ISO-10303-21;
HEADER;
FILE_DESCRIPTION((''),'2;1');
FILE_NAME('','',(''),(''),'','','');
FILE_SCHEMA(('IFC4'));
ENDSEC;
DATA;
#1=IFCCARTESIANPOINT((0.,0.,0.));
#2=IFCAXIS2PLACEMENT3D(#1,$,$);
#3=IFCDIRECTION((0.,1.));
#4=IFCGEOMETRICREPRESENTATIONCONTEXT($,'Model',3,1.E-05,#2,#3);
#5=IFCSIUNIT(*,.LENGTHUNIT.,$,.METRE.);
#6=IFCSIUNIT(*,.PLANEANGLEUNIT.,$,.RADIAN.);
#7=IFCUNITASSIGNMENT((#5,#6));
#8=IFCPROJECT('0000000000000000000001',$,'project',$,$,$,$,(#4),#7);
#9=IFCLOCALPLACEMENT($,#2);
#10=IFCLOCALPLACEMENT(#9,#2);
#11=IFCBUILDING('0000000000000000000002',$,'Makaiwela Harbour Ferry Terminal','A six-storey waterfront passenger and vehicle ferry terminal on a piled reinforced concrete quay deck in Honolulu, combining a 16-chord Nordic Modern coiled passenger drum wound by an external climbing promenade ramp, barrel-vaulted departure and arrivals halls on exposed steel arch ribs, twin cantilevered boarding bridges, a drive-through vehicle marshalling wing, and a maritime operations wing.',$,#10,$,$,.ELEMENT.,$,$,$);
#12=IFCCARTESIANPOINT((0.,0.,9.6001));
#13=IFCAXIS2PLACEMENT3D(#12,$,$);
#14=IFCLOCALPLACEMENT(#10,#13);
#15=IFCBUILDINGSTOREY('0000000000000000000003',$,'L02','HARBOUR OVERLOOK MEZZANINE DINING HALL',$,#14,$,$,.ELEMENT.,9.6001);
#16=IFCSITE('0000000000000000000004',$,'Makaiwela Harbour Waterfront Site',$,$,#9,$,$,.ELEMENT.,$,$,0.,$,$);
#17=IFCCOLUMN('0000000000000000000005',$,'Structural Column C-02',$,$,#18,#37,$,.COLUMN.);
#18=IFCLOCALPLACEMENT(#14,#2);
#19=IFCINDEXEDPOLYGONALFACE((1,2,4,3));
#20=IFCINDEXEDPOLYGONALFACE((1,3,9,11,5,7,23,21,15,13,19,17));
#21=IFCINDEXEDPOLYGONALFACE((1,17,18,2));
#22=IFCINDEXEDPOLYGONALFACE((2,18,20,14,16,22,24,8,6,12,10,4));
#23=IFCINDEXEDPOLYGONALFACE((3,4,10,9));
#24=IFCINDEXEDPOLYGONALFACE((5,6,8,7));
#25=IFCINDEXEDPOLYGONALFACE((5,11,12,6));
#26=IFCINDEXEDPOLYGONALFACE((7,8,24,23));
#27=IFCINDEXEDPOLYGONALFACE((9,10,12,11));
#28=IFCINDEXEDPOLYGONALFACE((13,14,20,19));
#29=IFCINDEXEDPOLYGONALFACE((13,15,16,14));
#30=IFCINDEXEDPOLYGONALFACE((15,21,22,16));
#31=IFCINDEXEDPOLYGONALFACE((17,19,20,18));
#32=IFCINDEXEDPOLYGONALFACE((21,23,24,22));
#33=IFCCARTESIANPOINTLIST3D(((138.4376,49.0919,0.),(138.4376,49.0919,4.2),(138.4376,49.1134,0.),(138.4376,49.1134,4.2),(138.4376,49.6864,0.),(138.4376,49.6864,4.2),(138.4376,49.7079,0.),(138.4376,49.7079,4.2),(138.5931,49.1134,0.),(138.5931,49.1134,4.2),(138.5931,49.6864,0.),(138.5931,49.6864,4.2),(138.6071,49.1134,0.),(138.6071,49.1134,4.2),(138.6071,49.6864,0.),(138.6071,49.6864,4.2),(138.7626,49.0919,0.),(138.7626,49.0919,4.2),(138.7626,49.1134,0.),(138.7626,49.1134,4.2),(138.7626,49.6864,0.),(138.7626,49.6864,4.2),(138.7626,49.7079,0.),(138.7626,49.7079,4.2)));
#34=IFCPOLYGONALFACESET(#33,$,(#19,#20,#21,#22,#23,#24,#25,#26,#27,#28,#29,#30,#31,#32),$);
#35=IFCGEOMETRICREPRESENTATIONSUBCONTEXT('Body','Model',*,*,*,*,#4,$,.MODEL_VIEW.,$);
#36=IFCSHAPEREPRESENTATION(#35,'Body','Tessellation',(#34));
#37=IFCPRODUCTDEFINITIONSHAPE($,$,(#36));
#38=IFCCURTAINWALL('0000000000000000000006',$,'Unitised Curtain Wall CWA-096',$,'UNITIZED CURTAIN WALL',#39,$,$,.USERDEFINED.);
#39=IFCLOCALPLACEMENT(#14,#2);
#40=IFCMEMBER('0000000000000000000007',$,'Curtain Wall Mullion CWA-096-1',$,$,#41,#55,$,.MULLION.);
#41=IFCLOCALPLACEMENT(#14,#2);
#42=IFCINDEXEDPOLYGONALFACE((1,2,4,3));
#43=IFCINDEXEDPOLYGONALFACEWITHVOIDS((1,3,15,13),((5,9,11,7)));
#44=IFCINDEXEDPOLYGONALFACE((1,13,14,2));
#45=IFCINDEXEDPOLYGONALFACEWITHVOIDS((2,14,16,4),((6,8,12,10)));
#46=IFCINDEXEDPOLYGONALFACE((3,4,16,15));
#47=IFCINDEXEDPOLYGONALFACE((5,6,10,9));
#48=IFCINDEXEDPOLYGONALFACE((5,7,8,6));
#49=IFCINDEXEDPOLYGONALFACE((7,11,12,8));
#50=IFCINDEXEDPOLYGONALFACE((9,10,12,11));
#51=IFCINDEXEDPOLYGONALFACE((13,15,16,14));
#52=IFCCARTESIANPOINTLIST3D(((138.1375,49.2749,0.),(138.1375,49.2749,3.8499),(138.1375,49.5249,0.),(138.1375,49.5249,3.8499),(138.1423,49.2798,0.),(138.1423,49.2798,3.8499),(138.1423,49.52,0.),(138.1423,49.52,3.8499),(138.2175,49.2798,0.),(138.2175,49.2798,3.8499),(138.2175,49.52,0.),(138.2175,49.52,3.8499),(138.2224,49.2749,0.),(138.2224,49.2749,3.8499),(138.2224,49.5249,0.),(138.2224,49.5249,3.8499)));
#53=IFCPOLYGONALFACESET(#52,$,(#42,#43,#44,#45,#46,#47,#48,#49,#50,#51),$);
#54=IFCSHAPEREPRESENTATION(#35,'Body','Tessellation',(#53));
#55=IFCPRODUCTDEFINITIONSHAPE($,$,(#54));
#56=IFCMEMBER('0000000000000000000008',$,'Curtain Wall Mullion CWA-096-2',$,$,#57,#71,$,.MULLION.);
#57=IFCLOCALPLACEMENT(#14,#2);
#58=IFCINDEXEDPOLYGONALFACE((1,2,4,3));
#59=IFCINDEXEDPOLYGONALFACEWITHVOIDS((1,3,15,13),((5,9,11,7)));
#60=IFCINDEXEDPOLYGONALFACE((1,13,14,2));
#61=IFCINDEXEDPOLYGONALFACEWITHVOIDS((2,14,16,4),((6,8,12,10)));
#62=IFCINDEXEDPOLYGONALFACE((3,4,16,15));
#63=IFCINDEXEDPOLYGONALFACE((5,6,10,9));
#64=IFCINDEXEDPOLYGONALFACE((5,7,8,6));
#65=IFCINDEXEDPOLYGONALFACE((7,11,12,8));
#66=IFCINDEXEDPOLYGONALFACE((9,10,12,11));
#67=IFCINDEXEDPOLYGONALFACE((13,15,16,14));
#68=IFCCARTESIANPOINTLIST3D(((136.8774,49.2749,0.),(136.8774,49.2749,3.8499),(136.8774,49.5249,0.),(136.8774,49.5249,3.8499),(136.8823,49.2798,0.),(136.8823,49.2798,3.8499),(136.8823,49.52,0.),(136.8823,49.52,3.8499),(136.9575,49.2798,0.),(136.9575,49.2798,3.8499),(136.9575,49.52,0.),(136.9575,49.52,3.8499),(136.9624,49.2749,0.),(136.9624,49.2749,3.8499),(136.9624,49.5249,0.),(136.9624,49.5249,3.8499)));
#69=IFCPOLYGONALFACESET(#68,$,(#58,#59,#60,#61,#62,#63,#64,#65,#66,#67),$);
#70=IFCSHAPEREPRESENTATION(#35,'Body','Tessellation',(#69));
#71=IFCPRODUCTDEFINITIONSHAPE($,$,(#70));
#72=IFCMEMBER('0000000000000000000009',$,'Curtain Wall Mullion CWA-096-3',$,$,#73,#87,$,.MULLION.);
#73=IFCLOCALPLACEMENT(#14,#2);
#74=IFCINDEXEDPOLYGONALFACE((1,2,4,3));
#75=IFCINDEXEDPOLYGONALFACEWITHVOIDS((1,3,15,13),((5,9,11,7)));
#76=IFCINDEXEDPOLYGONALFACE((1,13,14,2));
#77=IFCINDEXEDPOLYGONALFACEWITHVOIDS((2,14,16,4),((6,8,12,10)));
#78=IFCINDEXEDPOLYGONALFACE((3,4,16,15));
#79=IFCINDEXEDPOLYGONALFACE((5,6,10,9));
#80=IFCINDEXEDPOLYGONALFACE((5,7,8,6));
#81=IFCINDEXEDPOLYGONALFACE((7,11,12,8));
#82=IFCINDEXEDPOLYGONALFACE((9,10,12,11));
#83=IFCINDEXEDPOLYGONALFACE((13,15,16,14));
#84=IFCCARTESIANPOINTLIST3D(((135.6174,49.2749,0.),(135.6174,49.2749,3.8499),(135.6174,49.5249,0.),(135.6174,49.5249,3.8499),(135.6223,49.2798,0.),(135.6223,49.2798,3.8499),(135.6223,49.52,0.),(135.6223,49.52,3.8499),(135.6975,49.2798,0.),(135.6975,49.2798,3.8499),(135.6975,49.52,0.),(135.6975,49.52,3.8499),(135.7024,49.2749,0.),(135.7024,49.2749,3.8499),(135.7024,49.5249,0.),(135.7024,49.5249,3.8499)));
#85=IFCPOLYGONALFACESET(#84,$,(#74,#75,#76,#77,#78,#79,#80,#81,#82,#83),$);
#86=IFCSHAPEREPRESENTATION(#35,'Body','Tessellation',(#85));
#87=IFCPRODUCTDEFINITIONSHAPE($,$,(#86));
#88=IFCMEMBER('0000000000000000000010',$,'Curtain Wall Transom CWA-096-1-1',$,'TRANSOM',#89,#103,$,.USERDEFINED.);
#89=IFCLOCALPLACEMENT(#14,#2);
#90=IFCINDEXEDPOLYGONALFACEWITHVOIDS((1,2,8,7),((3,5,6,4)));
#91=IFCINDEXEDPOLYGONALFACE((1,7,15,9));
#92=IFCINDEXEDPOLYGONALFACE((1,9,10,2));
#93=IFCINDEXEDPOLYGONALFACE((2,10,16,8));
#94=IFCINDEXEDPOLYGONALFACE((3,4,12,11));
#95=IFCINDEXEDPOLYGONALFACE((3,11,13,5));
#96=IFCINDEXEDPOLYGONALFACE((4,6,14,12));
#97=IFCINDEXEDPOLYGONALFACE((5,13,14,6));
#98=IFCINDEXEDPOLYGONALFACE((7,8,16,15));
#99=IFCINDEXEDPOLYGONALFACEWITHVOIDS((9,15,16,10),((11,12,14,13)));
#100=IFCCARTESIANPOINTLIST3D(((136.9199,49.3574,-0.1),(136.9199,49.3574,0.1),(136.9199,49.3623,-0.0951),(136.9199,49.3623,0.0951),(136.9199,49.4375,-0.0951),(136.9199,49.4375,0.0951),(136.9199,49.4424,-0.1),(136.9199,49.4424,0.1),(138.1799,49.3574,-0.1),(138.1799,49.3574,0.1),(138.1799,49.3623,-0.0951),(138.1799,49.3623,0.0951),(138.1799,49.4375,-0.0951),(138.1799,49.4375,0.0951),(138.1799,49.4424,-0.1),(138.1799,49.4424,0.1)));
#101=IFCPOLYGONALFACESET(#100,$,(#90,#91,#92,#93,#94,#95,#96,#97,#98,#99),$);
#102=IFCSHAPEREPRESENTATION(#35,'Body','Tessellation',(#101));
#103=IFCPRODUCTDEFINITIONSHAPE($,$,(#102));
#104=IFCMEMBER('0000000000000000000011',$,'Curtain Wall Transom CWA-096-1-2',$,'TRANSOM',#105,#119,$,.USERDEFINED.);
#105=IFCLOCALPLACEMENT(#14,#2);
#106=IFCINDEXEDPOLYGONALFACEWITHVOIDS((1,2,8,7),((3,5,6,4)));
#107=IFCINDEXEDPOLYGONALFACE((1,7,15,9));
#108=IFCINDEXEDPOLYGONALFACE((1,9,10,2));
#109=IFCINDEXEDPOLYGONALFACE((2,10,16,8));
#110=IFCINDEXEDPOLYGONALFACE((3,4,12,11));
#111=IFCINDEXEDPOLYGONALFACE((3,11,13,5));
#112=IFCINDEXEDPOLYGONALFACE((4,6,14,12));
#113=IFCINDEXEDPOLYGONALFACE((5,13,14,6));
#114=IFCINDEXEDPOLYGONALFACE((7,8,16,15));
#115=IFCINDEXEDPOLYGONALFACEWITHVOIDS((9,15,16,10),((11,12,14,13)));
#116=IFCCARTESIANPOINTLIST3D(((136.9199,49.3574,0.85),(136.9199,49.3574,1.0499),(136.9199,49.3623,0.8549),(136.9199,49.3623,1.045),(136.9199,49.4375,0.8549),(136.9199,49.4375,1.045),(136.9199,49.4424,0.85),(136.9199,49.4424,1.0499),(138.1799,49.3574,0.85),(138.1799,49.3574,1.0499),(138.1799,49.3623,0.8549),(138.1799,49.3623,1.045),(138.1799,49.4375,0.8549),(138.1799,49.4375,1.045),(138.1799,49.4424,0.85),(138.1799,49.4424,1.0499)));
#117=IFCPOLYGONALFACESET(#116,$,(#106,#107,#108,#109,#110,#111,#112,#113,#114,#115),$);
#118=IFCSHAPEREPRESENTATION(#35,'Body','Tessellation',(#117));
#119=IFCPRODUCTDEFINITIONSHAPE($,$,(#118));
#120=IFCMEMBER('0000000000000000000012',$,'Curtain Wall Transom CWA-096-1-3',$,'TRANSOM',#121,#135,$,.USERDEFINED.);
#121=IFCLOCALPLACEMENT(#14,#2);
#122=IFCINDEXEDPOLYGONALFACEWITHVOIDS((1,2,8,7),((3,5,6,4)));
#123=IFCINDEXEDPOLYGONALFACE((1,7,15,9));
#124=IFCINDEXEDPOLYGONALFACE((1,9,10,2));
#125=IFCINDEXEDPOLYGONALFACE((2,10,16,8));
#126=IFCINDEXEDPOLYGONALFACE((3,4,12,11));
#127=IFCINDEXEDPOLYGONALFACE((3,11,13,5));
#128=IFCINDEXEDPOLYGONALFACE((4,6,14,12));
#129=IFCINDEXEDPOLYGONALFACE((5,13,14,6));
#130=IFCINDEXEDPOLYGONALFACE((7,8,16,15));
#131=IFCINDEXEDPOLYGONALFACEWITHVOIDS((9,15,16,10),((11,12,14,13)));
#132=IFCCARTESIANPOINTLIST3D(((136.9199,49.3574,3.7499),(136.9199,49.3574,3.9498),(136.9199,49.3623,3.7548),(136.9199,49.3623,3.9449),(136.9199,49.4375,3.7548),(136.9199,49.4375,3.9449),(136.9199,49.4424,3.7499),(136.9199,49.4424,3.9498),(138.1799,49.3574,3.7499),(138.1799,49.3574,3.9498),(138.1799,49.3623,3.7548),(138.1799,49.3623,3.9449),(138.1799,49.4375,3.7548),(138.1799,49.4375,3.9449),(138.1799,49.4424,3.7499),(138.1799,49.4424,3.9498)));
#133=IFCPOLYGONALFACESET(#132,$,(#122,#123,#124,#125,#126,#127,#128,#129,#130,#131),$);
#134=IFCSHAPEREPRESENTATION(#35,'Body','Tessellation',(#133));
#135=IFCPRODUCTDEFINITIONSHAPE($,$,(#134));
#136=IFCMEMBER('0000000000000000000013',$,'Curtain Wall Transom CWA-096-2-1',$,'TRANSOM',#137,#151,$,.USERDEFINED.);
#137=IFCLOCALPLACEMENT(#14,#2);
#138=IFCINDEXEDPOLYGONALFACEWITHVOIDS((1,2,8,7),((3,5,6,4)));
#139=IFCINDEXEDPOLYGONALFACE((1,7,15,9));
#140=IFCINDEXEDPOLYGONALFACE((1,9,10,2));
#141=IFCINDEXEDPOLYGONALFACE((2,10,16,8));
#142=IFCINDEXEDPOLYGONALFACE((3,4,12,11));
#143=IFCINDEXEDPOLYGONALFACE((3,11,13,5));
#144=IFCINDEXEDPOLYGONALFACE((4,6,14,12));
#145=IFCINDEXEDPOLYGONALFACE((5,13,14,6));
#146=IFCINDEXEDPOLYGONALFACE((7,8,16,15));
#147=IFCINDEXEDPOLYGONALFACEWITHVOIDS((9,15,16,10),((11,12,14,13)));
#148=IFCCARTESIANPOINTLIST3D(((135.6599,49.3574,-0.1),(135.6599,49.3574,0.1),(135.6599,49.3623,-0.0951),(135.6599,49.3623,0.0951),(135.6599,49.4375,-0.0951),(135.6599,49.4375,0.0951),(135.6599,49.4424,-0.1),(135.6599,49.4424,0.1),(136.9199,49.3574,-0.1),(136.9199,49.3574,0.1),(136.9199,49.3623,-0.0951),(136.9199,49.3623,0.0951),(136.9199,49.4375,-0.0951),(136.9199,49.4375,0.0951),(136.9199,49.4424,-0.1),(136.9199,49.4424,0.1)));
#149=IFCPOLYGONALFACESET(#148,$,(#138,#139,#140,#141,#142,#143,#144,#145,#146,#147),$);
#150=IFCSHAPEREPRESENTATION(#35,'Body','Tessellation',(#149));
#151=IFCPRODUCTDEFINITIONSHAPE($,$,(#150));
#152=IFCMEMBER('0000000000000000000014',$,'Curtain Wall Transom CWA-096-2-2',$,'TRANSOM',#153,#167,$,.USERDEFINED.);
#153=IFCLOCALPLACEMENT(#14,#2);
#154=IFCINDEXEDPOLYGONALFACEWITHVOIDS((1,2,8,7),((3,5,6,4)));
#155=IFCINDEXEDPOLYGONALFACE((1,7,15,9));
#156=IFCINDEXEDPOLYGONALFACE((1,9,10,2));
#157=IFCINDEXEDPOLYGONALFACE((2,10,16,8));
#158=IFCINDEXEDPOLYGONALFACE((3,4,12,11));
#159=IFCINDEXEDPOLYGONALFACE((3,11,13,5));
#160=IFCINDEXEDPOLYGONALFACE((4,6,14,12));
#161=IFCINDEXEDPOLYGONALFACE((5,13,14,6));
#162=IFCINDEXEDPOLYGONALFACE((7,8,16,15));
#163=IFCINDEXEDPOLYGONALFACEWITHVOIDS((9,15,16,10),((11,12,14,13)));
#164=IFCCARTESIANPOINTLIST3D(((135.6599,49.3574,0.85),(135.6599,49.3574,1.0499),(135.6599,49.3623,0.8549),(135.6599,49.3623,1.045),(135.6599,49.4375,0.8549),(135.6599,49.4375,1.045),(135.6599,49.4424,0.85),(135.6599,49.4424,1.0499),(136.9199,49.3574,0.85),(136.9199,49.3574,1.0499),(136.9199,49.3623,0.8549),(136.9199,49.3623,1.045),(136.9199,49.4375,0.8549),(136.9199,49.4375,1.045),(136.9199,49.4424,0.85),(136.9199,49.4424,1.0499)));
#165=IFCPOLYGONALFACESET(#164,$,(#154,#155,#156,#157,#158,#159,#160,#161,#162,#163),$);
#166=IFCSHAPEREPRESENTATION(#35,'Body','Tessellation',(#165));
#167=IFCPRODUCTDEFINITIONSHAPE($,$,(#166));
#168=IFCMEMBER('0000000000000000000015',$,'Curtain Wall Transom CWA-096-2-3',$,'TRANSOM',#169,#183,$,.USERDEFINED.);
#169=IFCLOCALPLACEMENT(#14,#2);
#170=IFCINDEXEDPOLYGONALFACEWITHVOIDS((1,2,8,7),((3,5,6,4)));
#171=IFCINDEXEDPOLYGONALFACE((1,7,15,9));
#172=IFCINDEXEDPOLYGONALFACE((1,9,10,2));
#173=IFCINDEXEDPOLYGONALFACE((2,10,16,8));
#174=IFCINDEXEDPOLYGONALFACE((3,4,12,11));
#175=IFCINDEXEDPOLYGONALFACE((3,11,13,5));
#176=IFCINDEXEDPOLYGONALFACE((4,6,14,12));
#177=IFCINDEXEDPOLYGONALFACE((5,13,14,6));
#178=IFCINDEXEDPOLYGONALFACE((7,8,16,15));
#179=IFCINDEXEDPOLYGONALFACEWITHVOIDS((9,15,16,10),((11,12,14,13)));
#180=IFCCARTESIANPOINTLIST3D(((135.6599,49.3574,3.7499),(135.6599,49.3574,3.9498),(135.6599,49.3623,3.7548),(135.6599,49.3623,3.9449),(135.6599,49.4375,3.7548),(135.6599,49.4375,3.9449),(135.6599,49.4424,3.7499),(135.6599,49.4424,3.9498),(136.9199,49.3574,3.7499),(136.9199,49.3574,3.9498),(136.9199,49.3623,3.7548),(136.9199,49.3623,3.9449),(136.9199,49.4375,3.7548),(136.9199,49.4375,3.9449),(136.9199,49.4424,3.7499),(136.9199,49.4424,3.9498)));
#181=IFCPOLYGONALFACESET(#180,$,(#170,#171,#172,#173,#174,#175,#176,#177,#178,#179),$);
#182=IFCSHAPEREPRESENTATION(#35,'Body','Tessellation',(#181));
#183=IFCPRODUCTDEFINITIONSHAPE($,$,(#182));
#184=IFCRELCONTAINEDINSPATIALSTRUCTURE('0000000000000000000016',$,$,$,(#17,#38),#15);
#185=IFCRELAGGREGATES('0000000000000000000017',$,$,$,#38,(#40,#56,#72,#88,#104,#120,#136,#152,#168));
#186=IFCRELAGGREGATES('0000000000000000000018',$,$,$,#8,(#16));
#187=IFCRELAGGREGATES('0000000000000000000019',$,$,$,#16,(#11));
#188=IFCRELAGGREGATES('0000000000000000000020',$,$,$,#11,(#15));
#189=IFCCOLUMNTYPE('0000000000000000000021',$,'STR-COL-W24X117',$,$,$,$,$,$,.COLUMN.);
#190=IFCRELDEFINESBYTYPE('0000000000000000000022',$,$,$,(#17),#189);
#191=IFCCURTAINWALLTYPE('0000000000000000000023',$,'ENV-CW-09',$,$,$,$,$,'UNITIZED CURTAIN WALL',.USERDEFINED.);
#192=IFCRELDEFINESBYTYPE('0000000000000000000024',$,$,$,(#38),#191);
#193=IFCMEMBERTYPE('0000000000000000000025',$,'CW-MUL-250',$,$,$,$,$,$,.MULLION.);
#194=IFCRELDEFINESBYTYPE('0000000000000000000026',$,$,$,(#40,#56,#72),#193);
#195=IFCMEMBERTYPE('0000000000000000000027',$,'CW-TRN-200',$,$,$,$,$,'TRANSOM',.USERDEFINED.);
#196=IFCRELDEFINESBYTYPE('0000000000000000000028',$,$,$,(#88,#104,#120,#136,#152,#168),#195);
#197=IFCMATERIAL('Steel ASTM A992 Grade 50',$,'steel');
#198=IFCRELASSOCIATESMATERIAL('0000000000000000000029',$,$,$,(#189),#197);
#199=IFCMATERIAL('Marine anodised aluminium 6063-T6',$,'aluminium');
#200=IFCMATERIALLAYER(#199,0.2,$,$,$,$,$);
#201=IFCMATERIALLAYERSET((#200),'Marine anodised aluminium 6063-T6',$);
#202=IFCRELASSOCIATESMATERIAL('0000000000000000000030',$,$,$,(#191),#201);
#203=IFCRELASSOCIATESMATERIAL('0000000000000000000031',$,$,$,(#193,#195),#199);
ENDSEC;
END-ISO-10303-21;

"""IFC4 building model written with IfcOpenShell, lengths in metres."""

from ifc_helpers import new_model, si_unit, direction, frame, origin, origin_2d, place, context, subcontext, project, spatial, hollow_rectangle, i_section, extrude, material, layer, layer_set, material_profile, profile_set, type_object, element, aggregate, save


model = new_model("IFC4")

# Units and contexts
model_context = context("Model", 3, precision=1e-05, world=origin(), true_north=direction((0.0, 1.0)))
body_context = subcontext(model_context, "Body", "Model", "MODEL_VIEW")
ifc_project = project(units=[si_unit("LENGTHUNIT", "METRE"), si_unit("PLANEANGLEUNIT", "RADIAN")], contexts=[model_context])

# Site, building, storey
site_placement = place(None, origin())
site = spatial("IfcSite", under=ifc_project, at=site_placement, Name="Makaiwela Harbour Waterfront Site", CompositionType="ELEMENT", RefElevation=0.0)
building_placement = place(site_placement, origin())
building = spatial("IfcBuilding", under=site, at=building_placement, Name="Makaiwela Harbour Ferry Terminal", Description="A six-storey waterfront passenger and vehicle ferry terminal on a piled reinforced concrete quay deck in Honolulu, combining a 16-chord Nordic Modern coiled passenger drum wound by an external climbing promenade ramp, barrel-vaulted departure and arrivals halls on exposed steel arch ribs, twin cantilevered boarding bridges, a drive-through vehicle marshalling wing, and a maritime operations wing.", CompositionType="ELEMENT")
storey_placement = place(building_placement, frame((0.0, 0.0, 9.6001)))
storey = spatial("IfcBuildingStorey", under=building, at=storey_placement, Name="L02", Description="HARBOUR OVERLOOK MEZZANINE DINING HALL", CompositionType="ELEMENT", Elevation=9.6001)

# Column
ifc_material_1 = material(Name="Steel ASTM A992 Grade 50", Category="steel")
ifc_material_profile_1 = material_profile(ifc_material_1, i_section(OverallWidth=0.325, OverallDepth=0.616, WebThickness=0.0139, FlangeThickness=0.0215, at=origin_2d()), Name="W24X117")
ifc_profile_set_1 = profile_set([ifc_material_profile_1], Name="Steel ASTM A992 Grade 50")
column_type = type_object("IfcColumnType", Name="STR-COL-W24X117", PredefinedType="COLUMN", material=ifc_profile_set_1)
column_placement = place(storey_placement, frame((138.6001, 49.3999, 0.0), z_axis=(0.0, 0.0, 1.0), x_axis=(1.0, 0.0, 0.0)))
element("IfcColumn", 1, at=column_placement, inside=storey, type_object=column_type, Name="Structural Column C-02", PredefinedType="COLUMN", context=body_context, shape_type="SweptSolid", body=[
    extrude(i_section(OverallWidth=0.325, OverallDepth=0.616, WebThickness=0.0139, FlangeThickness=0.0215, at=origin_2d()), origin(), (0.0, 0.0, 1.0), 4.2),
])

# Curtain wall, members
ifc_material_2 = material(Name="Marine anodised aluminium 6063-T6", Category="aluminium")
ifc_layer_1 = layer(ifc_material_2, 0.2)
ifc_layer_set_1 = layer_set([ifc_layer_1], Name="Marine anodised aluminium 6063-T6")
curtain_wall_type = type_object("IfcCurtainWallType", Name="ENV-CW-09", ElementType="UNITIZED CURTAIN WALL", PredefinedType="USERDEFINED", material=ifc_layer_set_1)
curtain_wall_placement = place(storey_placement, origin())
curtain_wall = element("IfcCurtainWall", 2, at=curtain_wall_placement, inside=storey, type_object=curtain_wall_type, Name="Unitised Curtain Wall CWA-096", ObjectType="UNITIZED CURTAIN WALL", PredefinedType="USERDEFINED")
ifc_material_profile_2 = material_profile(ifc_material_2, hollow_rectangle(XDim=0.085, YDim=0.25, WallThickness=0.0049, at=origin_2d()), Name="CWM-250X85")
ifc_profile_set_2 = profile_set([ifc_material_profile_2], Name="Marine anodised aluminium 6063-T6")
member_type_1 = type_object("IfcMemberType", Name="CW-MUL-250", PredefinedType="MULLION", material=ifc_profile_set_2)
member_1_placement = place(storey_placement, frame((138.1799, 49.3999, 0.0), z_axis=(0.0, 0.0, 1.0), x_axis=(1.0, 0.0, 0.0)))
member_1 = element("IfcMember", 3, at=member_1_placement, type_object=member_type_1, Name="Curtain Wall Mullion CWA-096-1", PredefinedType="MULLION", context=body_context, shape_type="SweptSolid", body=[
    extrude(hollow_rectangle(XDim=0.085, YDim=0.25, WallThickness=0.0049, at=origin_2d()), origin(), (0.0, 0.0, 1.0), 3.8499),
])
member_2_placement = place(storey_placement, frame((136.9199, 49.3999, 0.0), z_axis=(0.0, 0.0, 1.0), x_axis=(1.0, 0.0, 0.0)))
member_2 = element("IfcMember", 4, at=member_2_placement, type_object=member_type_1, Name="Curtain Wall Mullion CWA-096-2", PredefinedType="MULLION", context=body_context, shape_type="SweptSolid", body=[
    extrude(hollow_rectangle(XDim=0.085, YDim=0.25, WallThickness=0.0049, at=origin_2d()), origin(), (0.0, 0.0, 1.0), 3.8499),
])
member_3_placement = place(storey_placement, frame((135.6599, 49.3999, 0.0), z_axis=(0.0, 0.0, 1.0), x_axis=(1.0, 0.0, 0.0)))
member_3 = element("IfcMember", 5, at=member_3_placement, type_object=member_type_1, Name="Curtain Wall Mullion CWA-096-3", PredefinedType="MULLION", context=body_context, shape_type="SweptSolid", body=[
    extrude(hollow_rectangle(XDim=0.085, YDim=0.25, WallThickness=0.0049, at=origin_2d()), origin(), (0.0, 0.0, 1.0), 3.8499),
])
ifc_material_profile_3 = material_profile(ifc_material_2, hollow_rectangle(XDim=0.085, YDim=0.2, WallThickness=0.0049, at=origin_2d()), Name="CWT-200X85")
ifc_profile_set_3 = profile_set([ifc_material_profile_3], Name="Marine anodised aluminium 6063-T6")
member_type_2 = type_object("IfcMemberType", Name="CW-TRN-200", ElementType="TRANSOM", PredefinedType="USERDEFINED", material=ifc_profile_set_3)
member_4_placement = place(storey_placement, frame((138.1799, 49.3999, 0.0), z_axis=(-1.0, 0.0, 0.0), x_axis=(0.0, -1.0, 0.0)))
member_4 = element("IfcMember", 6, at=member_4_placement, type_object=member_type_2, Name="Curtain Wall Transom CWA-096-1-1", ObjectType="TRANSOM", PredefinedType="USERDEFINED", context=body_context, shape_type="SweptSolid", body=[
    extrude(hollow_rectangle(XDim=0.085, YDim=0.2, WallThickness=0.0049, at=origin_2d()), origin(), (0.0, 0.0, 1.0), 1.26),
])
member_5_placement = place(storey_placement, frame((138.1799, 49.3999, 0.95), z_axis=(-1.0, 0.0, 0.0), x_axis=(0.0, -1.0, 0.0)))
member_5 = element("IfcMember", 7, at=member_5_placement, type_object=member_type_2, Name="Curtain Wall Transom CWA-096-1-2", ObjectType="TRANSOM", PredefinedType="USERDEFINED", context=body_context, shape_type="SweptSolid", body=[
    extrude(hollow_rectangle(XDim=0.085, YDim=0.2, WallThickness=0.0049, at=origin_2d()), origin(), (0.0, 0.0, 1.0), 1.26),
])
member_6_placement = place(storey_placement, frame((138.1799, 49.3999, 3.8499), z_axis=(-1.0, 0.0, 0.0), x_axis=(0.0, -1.0, 0.0)))
member_6 = element("IfcMember", 8, at=member_6_placement, type_object=member_type_2, Name="Curtain Wall Transom CWA-096-1-3", ObjectType="TRANSOM", PredefinedType="USERDEFINED", context=body_context, shape_type="SweptSolid", body=[
    extrude(hollow_rectangle(XDim=0.085, YDim=0.2, WallThickness=0.0049, at=origin_2d()), origin(), (0.0, 0.0, 1.0), 1.26),
])
member_7_placement = place(storey_placement, frame((136.9199, 49.3999, 0.0), z_axis=(-1.0, 0.0, 0.0), x_axis=(0.0, -1.0, 0.0)))
member_7 = element("IfcMember", 9, at=member_7_placement, type_object=member_type_2, Name="Curtain Wall Transom CWA-096-2-1", ObjectType="TRANSOM", PredefinedType="USERDEFINED", context=body_context, shape_type="SweptSolid", body=[
    extrude(hollow_rectangle(XDim=0.085, YDim=0.2, WallThickness=0.0049, at=origin_2d()), origin(), (0.0, 0.0, 1.0), 1.26),
])
member_8_placement = place(storey_placement, frame((136.9199, 49.3999, 0.95), z_axis=(-1.0, 0.0, 0.0), x_axis=(0.0, -1.0, 0.0)))
member_8 = element("IfcMember", 10, at=member_8_placement, type_object=member_type_2, Name="Curtain Wall Transom CWA-096-2-2", ObjectType="TRANSOM", PredefinedType="USERDEFINED", context=body_context, shape_type="SweptSolid", body=[
    extrude(hollow_rectangle(XDim=0.085, YDim=0.2, WallThickness=0.0049, at=origin_2d()), origin(), (0.0, 0.0, 1.0), 1.26),
])
member_9_placement = place(storey_placement, frame((136.9199, 49.3999, 3.8499), z_axis=(-1.0, 0.0, 0.0), x_axis=(0.0, -1.0, 0.0)))
member_9 = element("IfcMember", 11, at=member_9_placement, type_object=member_type_2, Name="Curtain Wall Transom CWA-096-2-3", ObjectType="TRANSOM", PredefinedType="USERDEFINED", context=body_context, shape_type="SweptSolid", body=[
    extrude(hollow_rectangle(XDim=0.085, YDim=0.2, WallThickness=0.0049, at=origin_2d()), origin(), (0.0, 0.0, 1.0), 1.26),
])
aggregate(curtain_wall, [member_1, member_2, member_3, member_4, member_5, member_6, member_7, member_8, member_9])

save(model, "model.ifc")
